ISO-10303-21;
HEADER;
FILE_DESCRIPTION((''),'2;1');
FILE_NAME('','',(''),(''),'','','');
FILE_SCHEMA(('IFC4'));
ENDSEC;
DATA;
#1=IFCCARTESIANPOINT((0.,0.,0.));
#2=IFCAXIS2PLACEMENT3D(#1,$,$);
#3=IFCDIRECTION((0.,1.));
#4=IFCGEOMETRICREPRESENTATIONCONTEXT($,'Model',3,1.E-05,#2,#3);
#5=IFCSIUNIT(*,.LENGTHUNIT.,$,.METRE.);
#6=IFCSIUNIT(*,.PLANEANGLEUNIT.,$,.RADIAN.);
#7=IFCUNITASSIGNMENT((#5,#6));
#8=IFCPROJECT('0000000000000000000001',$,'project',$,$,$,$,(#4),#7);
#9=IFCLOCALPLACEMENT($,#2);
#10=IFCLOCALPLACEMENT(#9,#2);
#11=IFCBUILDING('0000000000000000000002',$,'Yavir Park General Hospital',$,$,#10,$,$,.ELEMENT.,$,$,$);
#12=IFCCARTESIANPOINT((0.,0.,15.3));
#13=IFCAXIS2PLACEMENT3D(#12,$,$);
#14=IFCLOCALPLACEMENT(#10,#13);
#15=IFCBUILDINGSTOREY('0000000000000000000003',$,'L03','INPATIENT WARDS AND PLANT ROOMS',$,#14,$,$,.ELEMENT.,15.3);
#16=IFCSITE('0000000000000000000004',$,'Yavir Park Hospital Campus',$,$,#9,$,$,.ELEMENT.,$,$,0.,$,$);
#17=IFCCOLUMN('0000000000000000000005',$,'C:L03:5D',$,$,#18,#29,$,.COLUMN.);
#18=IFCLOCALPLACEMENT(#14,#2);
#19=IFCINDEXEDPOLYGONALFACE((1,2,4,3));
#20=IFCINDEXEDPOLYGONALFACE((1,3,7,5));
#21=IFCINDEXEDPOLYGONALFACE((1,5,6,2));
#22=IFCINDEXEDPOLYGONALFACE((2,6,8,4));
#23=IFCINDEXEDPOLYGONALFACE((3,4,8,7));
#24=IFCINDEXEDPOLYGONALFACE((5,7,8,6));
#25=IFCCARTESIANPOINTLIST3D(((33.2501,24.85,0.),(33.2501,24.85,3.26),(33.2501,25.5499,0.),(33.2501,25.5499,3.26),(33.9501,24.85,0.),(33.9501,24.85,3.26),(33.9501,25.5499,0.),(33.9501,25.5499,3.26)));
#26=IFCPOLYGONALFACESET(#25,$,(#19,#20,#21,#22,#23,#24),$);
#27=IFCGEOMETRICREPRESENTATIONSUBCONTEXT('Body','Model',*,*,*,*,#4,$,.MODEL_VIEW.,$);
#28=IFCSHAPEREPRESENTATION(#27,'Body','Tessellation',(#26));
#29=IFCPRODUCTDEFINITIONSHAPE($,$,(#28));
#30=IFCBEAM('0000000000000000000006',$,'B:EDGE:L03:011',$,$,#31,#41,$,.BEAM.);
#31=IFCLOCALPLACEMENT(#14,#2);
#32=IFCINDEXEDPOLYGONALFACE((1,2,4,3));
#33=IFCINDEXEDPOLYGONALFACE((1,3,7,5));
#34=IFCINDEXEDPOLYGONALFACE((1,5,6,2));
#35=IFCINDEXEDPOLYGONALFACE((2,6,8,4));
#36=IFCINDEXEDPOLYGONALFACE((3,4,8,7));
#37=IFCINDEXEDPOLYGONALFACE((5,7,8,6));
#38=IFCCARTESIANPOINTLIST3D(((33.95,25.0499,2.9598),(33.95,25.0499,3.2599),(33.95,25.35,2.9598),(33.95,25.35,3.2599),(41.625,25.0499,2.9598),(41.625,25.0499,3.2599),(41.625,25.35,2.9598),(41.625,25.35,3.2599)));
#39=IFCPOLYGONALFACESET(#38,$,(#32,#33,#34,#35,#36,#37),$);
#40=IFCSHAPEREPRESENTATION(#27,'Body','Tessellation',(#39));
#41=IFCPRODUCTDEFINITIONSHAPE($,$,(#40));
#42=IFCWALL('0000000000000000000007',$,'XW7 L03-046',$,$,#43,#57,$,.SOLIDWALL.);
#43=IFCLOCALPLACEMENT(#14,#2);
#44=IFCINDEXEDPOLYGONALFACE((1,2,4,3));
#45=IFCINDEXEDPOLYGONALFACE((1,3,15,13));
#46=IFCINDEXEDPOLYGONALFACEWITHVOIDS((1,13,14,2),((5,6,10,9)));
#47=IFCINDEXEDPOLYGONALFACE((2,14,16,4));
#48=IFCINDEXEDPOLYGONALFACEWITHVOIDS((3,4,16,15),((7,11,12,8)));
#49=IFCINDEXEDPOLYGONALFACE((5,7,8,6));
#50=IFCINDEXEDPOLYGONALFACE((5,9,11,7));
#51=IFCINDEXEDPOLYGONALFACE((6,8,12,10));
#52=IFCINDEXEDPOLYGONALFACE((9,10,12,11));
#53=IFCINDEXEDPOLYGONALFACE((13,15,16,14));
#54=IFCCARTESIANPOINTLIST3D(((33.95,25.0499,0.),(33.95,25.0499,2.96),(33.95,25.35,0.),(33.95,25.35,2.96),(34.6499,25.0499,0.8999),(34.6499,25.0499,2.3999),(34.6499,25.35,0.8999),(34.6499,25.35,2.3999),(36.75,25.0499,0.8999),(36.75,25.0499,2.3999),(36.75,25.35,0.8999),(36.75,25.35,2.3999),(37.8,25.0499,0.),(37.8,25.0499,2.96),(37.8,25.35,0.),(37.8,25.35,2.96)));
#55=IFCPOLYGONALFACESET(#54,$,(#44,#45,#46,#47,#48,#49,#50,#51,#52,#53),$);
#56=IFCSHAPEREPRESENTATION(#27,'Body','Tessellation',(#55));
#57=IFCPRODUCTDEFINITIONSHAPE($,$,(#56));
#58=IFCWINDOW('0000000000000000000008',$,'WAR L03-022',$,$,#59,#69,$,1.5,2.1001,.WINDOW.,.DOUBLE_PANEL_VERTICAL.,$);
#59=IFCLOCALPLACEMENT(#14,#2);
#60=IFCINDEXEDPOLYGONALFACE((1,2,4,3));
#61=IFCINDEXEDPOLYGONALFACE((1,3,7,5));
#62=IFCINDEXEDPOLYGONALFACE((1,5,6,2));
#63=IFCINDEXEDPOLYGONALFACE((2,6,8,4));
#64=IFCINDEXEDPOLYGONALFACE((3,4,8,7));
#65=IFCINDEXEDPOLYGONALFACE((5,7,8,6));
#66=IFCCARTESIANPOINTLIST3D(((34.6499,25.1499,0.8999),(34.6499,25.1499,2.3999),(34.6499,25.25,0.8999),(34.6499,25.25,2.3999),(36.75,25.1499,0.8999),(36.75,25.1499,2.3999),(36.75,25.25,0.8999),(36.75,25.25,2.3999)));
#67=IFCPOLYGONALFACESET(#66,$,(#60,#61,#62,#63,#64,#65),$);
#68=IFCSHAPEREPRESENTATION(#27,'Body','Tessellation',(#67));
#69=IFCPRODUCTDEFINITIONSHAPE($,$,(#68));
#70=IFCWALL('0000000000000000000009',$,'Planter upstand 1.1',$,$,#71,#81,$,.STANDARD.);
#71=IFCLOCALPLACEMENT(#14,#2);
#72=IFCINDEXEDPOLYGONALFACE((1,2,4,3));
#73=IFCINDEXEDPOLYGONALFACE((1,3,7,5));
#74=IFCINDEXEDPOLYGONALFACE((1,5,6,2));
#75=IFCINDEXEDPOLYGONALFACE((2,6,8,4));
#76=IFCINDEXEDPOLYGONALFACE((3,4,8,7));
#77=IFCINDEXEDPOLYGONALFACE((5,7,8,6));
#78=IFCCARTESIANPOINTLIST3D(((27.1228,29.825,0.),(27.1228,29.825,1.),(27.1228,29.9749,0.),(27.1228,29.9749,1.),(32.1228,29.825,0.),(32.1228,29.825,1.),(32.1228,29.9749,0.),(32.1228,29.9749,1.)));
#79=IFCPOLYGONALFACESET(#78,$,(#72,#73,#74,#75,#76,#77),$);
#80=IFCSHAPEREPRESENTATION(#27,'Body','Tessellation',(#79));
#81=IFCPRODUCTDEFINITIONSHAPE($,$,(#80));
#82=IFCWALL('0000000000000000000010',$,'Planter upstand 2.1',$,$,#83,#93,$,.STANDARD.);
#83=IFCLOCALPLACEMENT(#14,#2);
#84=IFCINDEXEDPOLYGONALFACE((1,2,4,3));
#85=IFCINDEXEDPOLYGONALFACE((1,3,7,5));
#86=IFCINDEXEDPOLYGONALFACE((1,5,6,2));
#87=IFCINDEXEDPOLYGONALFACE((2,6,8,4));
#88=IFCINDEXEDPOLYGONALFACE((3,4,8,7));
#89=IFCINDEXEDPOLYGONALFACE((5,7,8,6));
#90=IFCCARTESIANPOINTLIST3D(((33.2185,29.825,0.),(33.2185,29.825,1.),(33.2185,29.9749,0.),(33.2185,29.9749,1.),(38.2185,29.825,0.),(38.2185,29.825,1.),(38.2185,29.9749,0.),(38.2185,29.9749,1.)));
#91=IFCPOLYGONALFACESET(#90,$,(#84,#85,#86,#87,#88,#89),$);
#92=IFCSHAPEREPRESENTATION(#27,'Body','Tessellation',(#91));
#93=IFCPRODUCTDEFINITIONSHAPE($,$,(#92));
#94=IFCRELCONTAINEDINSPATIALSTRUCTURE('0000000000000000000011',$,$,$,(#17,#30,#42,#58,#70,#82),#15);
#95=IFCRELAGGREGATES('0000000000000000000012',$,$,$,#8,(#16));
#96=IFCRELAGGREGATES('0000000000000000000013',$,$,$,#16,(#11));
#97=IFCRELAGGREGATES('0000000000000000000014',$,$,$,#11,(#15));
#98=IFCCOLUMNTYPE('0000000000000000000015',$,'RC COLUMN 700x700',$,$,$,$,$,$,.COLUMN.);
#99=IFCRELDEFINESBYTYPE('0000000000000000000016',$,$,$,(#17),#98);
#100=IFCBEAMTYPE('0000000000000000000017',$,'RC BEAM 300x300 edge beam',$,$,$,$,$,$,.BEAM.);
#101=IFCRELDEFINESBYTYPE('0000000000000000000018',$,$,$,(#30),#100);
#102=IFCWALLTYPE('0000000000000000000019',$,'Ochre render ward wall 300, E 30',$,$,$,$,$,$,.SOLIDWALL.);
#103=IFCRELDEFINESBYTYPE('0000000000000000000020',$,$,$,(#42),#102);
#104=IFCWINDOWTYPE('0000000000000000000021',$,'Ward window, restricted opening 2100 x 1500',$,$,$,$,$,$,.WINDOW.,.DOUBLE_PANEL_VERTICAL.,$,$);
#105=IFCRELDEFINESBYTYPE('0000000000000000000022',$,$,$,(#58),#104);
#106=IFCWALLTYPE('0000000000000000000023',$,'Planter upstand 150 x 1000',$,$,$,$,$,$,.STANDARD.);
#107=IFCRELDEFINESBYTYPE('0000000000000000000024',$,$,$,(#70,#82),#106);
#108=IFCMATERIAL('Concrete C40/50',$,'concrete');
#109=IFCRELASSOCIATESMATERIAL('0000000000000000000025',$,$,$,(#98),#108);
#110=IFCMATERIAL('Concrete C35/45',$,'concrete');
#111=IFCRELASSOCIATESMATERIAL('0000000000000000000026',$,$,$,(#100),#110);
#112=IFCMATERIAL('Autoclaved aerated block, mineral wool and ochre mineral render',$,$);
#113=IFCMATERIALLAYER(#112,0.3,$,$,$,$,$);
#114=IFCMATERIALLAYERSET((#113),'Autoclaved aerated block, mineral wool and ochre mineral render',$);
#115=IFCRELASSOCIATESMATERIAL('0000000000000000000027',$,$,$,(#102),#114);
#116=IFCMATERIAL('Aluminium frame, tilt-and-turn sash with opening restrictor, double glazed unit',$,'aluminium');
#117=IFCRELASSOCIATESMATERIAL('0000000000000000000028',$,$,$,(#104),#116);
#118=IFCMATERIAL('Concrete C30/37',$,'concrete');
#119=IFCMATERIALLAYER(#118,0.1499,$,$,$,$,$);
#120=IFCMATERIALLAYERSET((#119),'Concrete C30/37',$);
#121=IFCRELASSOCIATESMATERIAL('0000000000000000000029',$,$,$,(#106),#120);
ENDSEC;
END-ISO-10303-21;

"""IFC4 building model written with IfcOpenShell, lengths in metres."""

from ifc_helpers import new_model, si_unit, direction, frame, frame_2d, origin, origin_2d, place, context, subcontext, project, spatial, rectangle, extrude, material, layer, layer_set, material_profile, profile_set, type_object, element, fill, save


model = new_model("IFC4")

# Units and contexts
model_context = context("Model", 3, precision=1e-05, world=origin(), true_north=direction((0.0, 1.0)))
body_context = subcontext(model_context, "Body", "Model", "MODEL_VIEW")
ifc_project = project(units=[si_unit("LENGTHUNIT", "METRE"), si_unit("PLANEANGLEUNIT", "RADIAN")], contexts=[model_context])

# Site, building, storey
site_placement = place(None, origin())
site = spatial("IfcSite", under=ifc_project, at=site_placement, Name="Yavir Park Hospital Campus", CompositionType="ELEMENT", RefElevation=0.0)
building_placement = place(site_placement, origin())
building = spatial("IfcBuilding", under=site, at=building_placement, Name="Yavir Park General Hospital", CompositionType="ELEMENT")
storey_placement = place(building_placement, frame((0.0, 0.0, 15.3)))
storey = spatial("IfcBuildingStorey", under=building, at=storey_placement, Name="L03", Description="INPATIENT WARDS AND PLANT ROOMS", CompositionType="ELEMENT", Elevation=15.3)

# Column
ifc_material_1 = material(Name="Concrete C40/50", Category="concrete")
ifc_material_profile_1 = material_profile(ifc_material_1, rectangle(XDim=0.7, YDim=0.7, at=origin_2d()), Name="RC700x700")
ifc_profile_set_1 = profile_set([ifc_material_profile_1], Name="Concrete C40/50")
column_type = type_object("IfcColumnType", Name="RC COLUMN 700x700", PredefinedType="COLUMN", material=ifc_profile_set_1)
column_placement = place(storey_placement, frame((33.6001, 25.2, 0.0), z_axis=(0.0, 0.0, 1.0), x_axis=(1.0, 0.0, 0.0)))
element("IfcColumn", 1, at=column_placement, inside=storey, type_object=column_type, Name="C:L03:5D", PredefinedType="COLUMN", context=body_context, shape_type="SweptSolid", body=[
    extrude(rectangle(XDim=0.7, YDim=0.7, at=origin_2d()), origin(), (0.0, 0.0, 1.0), 3.26),
])

# Beam
ifc_material_2 = material(Name="Concrete C35/45", Category="concrete")
ifc_material_profile_2 = material_profile(ifc_material_2, rectangle(XDim=0.3, YDim=0.3, at=origin_2d()), Name="RC300x300")
ifc_profile_set_2 = profile_set([ifc_material_profile_2], Name="Concrete C35/45")
beam_type = type_object("IfcBeamType", Name="RC BEAM 300x300 edge beam", PredefinedType="BEAM", material=ifc_profile_set_2)
beam_placement = place(storey_placement, frame((33.95, 25.2, 3.1099), z_axis=(1.0, 0.0, 0.0), x_axis=(0.0, 1.0, 0.0)))
element("IfcBeam", 2, at=beam_placement, inside=storey, type_object=beam_type, Name="B:EDGE:L03:011", PredefinedType="BEAM", context=body_context, shape_type="SweptSolid", body=[
    extrude(rectangle(XDim=0.3, YDim=0.3, at=origin_2d()), origin(), (0.0, 0.0, 1.0), 7.675),
])

# Wall, opening, window
ifc_material_3 = material(Name="Autoclaved aerated block, mineral wool and ochre mineral render")
ifc_layer_1 = layer(ifc_material_3, 0.3)
ifc_layer_set_1 = layer_set([ifc_layer_1], Name="Autoclaved aerated block, mineral wool and ochre mineral render")
wall_type_1 = type_object("IfcWallType", Name="Ochre render ward wall 300, E 30", PredefinedType="SOLIDWALL", material=ifc_layer_set_1)
wall_placement = place(storey_placement, frame((33.95, 25.2, 0.0), z_axis=(0.0, 0.0, 1.0), x_axis=(1.0, 0.0, 0.0)))
wall = element("IfcWall", 3, at=wall_placement, inside=storey, type_object=wall_type_1, Name="XW7 L03-046", PredefinedType="SOLIDWALL", context=body_context, shape_type="SweptSolid", body=[
    extrude(rectangle(XDim=3.8501, YDim=0.3, at=frame_2d((1.925, 0.0))), origin(), (0.0, 0.0, 1.0), 2.96),
])
opening_placement = place(wall_placement, frame((0.7, 0.0, 0.8999)))
opening = element("IfcOpeningElement", 4, at=opening_placement, cuts=wall, PredefinedType="OPENING", context=body_context, shape_type="SweptSolid", body=[
    extrude(rectangle(XDim=2.1001, YDim=1.5, at=frame_2d((1.05, 0.75))), frame((0.0, 0.1599, 0.0), z_axis=(0.0, -1.0, 0.0), x_axis=(1.0, 0.0, 0.0)), (0.0, 0.0, 1.0), 0.3201),
])
ifc_material_4 = material(Name="Aluminium frame, tilt-and-turn sash with opening restrictor, double glazed unit", Category="aluminium")
window_type = type_object("IfcWindowType", Name="Ward window, restricted opening 2100 x 1500", PartitioningType="DOUBLE_PANEL_VERTICAL", PredefinedType="WINDOW", material=ifc_material_4)
window_placement = place(opening_placement, origin())
window = element("IfcWindow", 5, at=window_placement, inside=storey, type_object=window_type, Name="WAR L03-022", OverallHeight=1.5, OverallWidth=2.1001, PartitioningType="DOUBLE_PANEL_VERTICAL", PredefinedType="WINDOW", context=body_context, shape_type="SweptSolid", body=[
    extrude(rectangle(XDim=2.1001, YDim=1.5, at=frame_2d((1.05, 0.75))), frame((0.0, 0.05, 0.0), z_axis=(0.0, -1.0, 0.0), x_axis=(1.0, 0.0, 0.0)), (0.0, 0.0, 1.0), 0.1001),
])
fill(opening, window)

# Walls
ifc_material_5 = material(Name="Concrete C30/37", Category="concrete")
ifc_layer_2 = layer(ifc_material_5, 0.1499)
ifc_layer_set_2 = layer_set([ifc_layer_2], Name="Concrete C30/37")
wall_type_2 = type_object("IfcWallType", Name="Planter upstand 150 x 1000", PredefinedType="STANDARD", material=ifc_layer_set_2)
for number, where, z_axis, x_axis, name in (
    (6, (27.1228, 29.8999, 0.0), (0.0, 0.0, 1.0), (1.0, 0.0, 0.0), "Planter upstand 1.1"),
    (7, (33.2185, 29.8999, 0.0), (0.0, 0.0, 1.0), (1.0, 0.0, 0.0), "Planter upstand 2.1"),
):
    element("IfcWall", number, at=place(storey_placement, frame(where, z_axis=z_axis, x_axis=x_axis)), inside=storey, type_object=wall_type_2, Name=name, PredefinedType="STANDARD", context=body_context, shape_type="SweptSolid", body=[
        extrude(rectangle(XDim=5.0, YDim=0.1499, at=frame_2d((2.5, 0.0))), origin(), (0.0, 0.0, 1.0), 1.0),
    ])

save(model, "model.ifc")
